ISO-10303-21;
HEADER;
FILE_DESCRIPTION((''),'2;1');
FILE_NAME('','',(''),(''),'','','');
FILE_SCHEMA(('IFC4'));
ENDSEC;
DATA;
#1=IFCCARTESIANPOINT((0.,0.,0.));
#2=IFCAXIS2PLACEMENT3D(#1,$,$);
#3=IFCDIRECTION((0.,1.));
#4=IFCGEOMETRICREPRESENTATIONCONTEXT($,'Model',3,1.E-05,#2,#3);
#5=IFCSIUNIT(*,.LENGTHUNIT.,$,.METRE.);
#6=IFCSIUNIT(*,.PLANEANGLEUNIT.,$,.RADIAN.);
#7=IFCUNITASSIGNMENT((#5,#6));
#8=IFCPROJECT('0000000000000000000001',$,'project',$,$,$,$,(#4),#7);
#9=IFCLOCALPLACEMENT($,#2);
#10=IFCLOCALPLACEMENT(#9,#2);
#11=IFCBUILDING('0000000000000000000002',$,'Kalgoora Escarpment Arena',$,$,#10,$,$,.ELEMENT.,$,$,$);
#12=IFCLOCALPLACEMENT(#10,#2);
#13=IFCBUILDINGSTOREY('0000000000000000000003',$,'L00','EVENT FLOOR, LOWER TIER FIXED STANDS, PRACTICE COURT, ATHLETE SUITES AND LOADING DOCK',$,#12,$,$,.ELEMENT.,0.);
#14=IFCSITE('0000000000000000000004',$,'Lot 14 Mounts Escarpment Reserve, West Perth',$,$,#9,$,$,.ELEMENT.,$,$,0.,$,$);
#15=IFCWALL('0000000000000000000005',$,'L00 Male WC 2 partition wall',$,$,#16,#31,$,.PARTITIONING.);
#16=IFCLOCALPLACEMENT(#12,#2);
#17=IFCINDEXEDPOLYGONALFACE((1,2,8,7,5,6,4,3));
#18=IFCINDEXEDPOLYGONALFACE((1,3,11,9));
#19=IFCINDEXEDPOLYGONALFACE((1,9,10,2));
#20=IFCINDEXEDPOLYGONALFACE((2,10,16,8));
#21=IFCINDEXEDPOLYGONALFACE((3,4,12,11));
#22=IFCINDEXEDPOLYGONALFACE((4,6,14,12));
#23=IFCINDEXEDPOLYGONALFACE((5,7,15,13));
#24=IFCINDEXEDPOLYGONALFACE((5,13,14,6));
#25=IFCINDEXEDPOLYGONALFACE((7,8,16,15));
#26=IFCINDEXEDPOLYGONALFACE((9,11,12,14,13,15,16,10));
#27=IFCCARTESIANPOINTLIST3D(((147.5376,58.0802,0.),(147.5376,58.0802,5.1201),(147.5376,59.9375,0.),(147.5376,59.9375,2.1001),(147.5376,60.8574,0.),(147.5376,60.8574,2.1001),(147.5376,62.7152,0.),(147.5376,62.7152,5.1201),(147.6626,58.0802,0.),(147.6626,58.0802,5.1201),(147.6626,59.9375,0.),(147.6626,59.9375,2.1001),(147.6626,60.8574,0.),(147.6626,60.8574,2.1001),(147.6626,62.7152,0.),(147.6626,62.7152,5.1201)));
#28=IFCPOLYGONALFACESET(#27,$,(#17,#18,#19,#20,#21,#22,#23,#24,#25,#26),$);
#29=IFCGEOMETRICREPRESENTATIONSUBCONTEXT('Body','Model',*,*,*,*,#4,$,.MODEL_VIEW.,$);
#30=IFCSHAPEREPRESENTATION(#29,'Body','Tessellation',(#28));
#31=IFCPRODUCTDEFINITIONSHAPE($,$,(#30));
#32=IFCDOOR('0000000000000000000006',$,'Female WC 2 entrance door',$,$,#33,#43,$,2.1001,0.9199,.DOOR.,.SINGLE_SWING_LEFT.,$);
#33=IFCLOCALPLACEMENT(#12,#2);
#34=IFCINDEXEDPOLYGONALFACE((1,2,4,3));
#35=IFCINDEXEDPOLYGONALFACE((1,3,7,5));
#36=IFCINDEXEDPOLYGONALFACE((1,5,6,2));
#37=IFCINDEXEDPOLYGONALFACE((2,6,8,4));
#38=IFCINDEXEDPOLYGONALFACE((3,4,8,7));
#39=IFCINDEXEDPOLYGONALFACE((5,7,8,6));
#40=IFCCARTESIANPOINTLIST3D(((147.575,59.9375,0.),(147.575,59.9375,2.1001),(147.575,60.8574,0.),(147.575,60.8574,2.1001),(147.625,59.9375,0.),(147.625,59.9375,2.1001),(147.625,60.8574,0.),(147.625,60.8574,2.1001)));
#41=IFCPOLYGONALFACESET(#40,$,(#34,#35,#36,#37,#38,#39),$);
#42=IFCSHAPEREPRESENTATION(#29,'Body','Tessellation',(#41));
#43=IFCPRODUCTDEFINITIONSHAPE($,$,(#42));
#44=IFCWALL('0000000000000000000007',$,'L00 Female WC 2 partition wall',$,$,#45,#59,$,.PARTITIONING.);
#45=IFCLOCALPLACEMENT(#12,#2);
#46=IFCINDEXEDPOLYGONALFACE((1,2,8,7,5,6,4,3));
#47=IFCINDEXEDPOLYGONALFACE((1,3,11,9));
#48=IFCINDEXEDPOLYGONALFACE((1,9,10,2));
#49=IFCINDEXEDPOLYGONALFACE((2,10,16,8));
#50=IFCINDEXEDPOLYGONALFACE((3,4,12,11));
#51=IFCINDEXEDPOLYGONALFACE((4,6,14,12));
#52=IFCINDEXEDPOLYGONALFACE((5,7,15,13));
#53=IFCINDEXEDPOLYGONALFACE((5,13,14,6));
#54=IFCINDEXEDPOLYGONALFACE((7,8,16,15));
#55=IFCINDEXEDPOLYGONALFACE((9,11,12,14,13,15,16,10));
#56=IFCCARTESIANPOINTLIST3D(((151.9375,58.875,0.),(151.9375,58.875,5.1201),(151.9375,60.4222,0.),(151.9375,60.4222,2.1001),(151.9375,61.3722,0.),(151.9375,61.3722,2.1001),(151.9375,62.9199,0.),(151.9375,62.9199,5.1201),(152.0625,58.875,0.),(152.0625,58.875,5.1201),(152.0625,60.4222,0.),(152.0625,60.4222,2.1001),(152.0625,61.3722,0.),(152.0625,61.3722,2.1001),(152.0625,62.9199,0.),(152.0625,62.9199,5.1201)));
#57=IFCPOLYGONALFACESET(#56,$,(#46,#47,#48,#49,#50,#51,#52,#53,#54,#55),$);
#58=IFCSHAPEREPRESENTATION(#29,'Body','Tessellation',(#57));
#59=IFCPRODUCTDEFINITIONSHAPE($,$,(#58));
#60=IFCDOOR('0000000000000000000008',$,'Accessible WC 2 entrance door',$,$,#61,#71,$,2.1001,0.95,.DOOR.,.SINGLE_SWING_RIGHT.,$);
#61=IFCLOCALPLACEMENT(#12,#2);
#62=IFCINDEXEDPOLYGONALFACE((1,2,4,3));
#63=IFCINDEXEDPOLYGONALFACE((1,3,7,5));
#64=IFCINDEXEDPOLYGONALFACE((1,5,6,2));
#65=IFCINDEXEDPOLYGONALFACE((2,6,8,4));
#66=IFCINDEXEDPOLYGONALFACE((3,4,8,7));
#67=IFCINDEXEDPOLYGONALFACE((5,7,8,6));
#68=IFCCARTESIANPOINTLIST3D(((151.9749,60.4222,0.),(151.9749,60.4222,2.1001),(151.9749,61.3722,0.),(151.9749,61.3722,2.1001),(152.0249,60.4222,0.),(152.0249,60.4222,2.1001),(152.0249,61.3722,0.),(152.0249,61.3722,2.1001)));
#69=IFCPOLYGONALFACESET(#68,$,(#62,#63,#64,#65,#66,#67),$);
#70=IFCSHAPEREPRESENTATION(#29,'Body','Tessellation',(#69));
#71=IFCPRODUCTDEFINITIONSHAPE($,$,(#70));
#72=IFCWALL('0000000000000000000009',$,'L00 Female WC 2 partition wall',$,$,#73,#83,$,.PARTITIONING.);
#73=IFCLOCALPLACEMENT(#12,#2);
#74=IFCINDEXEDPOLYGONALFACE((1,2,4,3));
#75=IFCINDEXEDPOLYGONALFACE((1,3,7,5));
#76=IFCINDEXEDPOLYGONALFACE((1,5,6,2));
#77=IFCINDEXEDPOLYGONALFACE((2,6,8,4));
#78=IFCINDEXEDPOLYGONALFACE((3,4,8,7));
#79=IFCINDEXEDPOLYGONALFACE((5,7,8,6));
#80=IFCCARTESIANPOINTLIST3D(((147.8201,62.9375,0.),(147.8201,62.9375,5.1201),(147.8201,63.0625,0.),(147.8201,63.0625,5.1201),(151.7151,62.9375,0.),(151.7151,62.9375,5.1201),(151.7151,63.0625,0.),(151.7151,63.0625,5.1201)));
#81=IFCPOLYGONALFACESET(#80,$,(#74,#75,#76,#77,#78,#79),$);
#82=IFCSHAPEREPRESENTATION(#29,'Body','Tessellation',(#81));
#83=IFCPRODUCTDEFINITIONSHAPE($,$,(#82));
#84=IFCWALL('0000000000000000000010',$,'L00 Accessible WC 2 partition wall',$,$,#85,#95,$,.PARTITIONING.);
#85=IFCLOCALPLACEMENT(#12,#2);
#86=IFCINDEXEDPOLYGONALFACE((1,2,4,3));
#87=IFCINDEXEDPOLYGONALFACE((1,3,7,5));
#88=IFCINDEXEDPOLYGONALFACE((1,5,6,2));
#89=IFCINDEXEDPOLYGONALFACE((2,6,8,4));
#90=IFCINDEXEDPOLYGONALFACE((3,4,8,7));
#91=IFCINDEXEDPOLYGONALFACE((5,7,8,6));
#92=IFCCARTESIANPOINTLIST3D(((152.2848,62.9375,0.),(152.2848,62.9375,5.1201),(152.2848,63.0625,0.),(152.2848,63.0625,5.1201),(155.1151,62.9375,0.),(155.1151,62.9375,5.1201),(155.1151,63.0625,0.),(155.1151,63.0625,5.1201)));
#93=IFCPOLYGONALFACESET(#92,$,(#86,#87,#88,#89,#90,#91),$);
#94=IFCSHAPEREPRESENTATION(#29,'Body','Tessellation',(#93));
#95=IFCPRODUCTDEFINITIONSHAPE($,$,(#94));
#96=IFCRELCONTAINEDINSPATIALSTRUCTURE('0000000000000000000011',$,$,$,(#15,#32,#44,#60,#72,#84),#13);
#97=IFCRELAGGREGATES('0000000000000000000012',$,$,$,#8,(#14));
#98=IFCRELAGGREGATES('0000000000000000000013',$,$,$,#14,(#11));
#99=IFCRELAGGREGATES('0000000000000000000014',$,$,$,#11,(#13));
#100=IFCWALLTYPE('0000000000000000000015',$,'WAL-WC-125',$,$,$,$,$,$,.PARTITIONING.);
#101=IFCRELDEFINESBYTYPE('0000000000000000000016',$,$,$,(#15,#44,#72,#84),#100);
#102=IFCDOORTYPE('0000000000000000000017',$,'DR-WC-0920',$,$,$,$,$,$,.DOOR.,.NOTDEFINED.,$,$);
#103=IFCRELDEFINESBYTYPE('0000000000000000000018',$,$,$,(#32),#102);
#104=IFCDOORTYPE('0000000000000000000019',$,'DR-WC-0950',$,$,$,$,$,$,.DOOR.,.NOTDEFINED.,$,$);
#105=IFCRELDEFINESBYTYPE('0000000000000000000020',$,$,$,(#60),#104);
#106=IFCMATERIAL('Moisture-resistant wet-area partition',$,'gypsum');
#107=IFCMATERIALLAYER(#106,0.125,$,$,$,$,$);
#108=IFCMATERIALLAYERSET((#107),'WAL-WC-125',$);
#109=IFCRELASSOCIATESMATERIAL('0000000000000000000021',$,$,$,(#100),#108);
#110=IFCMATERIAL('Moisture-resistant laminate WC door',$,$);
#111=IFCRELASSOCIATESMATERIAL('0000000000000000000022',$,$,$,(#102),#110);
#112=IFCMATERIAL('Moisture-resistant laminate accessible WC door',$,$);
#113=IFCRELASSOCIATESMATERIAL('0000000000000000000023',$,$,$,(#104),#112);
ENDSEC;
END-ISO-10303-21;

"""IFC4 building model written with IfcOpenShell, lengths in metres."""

from ifc_helpers import new_model, si_unit, direction, frame, frame_2d, origin, place, context, subcontext, project, spatial, rectangle, extrude, material, layer, layer_set, type_object, element, fill, save


model = new_model("IFC4")

# Units and contexts
model_context = context("Model", 3, precision=1e-05, world=origin(), true_north=direction((0.0, 1.0)))
body_context = subcontext(model_context, "Body", "Model", "MODEL_VIEW")
ifc_project = project(units=[si_unit("LENGTHUNIT", "METRE"), si_unit("PLANEANGLEUNIT", "RADIAN")], contexts=[model_context])

# Site, building, storey
site_placement = place(None, origin())
site = spatial("IfcSite", under=ifc_project, at=site_placement, Name="Lot 14 Mounts Escarpment Reserve, West Perth", CompositionType="ELEMENT", RefElevation=0.0)
building_placement = place(site_placement, origin())
building = spatial("IfcBuilding", under=site, at=building_placement, Name="Kalgoora Escarpment Arena", CompositionType="ELEMENT")
storey_placement = place(building_placement, origin())
storey = spatial("IfcBuildingStorey", under=building, at=storey_placement, Name="L00", Description="EVENT FLOOR, LOWER TIER FIXED STANDS, PRACTICE COURT, ATHLETE SUITES AND LOADING DOCK", CompositionType="ELEMENT", Elevation=0.0)

# Shared definitions
ifc_material_1 = material(Name="Moisture-resistant wet-area partition", Category="gypsum")
ifc_layer_1 = layer(ifc_material_1, 0.125)
ifc_layer_set_1 = layer_set([ifc_layer_1], Name="WAL-WC-125")
wall_type_1 = type_object("IfcWallType", Name="WAL-WC-125", PredefinedType="PARTITIONING", material=ifc_layer_set_1)

# Walls, openings, doors
wall_1_placement = place(storey_placement, frame((147.6001, 62.7151, 0.0), z_axis=(0.0, 0.0, 1.0), x_axis=(0.0, -1.0, 0.0)))
wall_1 = element("IfcWall", 1, at=wall_1_placement, inside=storey, type_object=wall_type_1, Name="L00 Male WC 2 partition wall", PredefinedType="PARTITIONING", context=body_context, shape_type="SweptSolid", body=[
    extrude(rectangle(XDim=4.635, YDim=0.125, at=frame_2d((2.3174, 0.0))), origin(), (0.0, 0.0, 1.0), 5.1201),
])
opening_1_placement = place(wall_1_placement, frame((1.8577, 0.0, 0.0)))
opening_1 = element("IfcOpeningElement", 2, at=opening_1_placement, cuts=wall_1, PredefinedType="OPENING", context=body_context, shape_type="SweptSolid", body=[
    extrude(rectangle(XDim=0.9199, YDim=2.1001, at=frame_2d((0.46, 1.05))), frame((0.0, 0.0725, 0.0), z_axis=(0.0, -1.0, 0.0), x_axis=(1.0, 0.0, 0.0)), (0.0, 0.0, 1.0), 0.145),
])
ifc_material_2 = material(Name="Moisture-resistant laminate WC door")
door_type_1 = type_object("IfcDoorType", Name="DR-WC-0920", OperationType="NOTDEFINED", PredefinedType="DOOR", material=ifc_material_2)
door_1_placement = place(opening_1_placement, origin())
door_1 = element("IfcDoor", 3, at=door_1_placement, inside=storey, type_object=door_type_1, Name="Female WC 2 entrance door", OperationType="SINGLE_SWING_LEFT", OverallHeight=2.1001, OverallWidth=0.9199, PredefinedType="DOOR", context=body_context, shape_type="SweptSolid", body=[
    extrude(rectangle(XDim=0.9199, YDim=2.1001, at=frame_2d((0.46, 1.05))), frame((0.0, 0.0249, 0.0), z_axis=(0.0, -1.0, 0.0), x_axis=(1.0, 0.0, 0.0)), (0.0, 0.0, 1.0), 0.05),
])
fill(opening_1, door_1)
wall_2_placement = place(storey_placement, frame((152.0, 62.9199, 0.0), z_axis=(0.0, 0.0, 1.0), x_axis=(0.0, -1.0, 0.0)))
wall_2 = element("IfcWall", 4, at=wall_2_placement, inside=storey, type_object=wall_type_1, Name="L00 Female WC 2 partition wall", PredefinedType="PARTITIONING", context=body_context, shape_type="SweptSolid", body=[
    extrude(rectangle(XDim=4.0449, YDim=0.125, at=frame_2d((2.0225, 0.0))), origin(), (0.0, 0.0, 1.0), 5.1201),
])
opening_2_placement = place(wall_2_placement, frame((1.5476, 0.0, 0.0)))
opening_2 = element("IfcOpeningElement", 5, at=opening_2_placement, cuts=wall_2, PredefinedType="OPENING", context=body_context, shape_type="SweptSolid", body=[
    extrude(rectangle(XDim=0.95, YDim=2.1001, at=frame_2d((0.4751, 1.05))), frame((0.0, 0.0725, 0.0), z_axis=(0.0, -1.0, 0.0), x_axis=(1.0, 0.0, 0.0)), (0.0, 0.0, 1.0), 0.145),
])
ifc_material_3 = material(Name="Moisture-resistant laminate accessible WC door")
door_type_2 = type_object("IfcDoorType", Name="DR-WC-0950", OperationType="NOTDEFINED", PredefinedType="DOOR", material=ifc_material_3)
door_2_placement = place(opening_2_placement, origin())
door_2 = element("IfcDoor", 6, at=door_2_placement, inside=storey, type_object=door_type_2, Name="Accessible WC 2 entrance door", OperationType="SINGLE_SWING_RIGHT", OverallHeight=2.1001, OverallWidth=0.95, PredefinedType="DOOR", context=body_context, shape_type="SweptSolid", body=[
    extrude(rectangle(XDim=0.95, YDim=2.1001, at=frame_2d((0.4751, 1.05))), frame((0.0, 0.0249, 0.0), z_axis=(0.0, -1.0, 0.0), x_axis=(1.0, 0.0, 0.0)), (0.0, 0.0, 1.0), 0.05),
])
fill(opening_2, door_2)

# Walls
wall_3_placement = place(storey_placement, frame((147.8201, 63.0, 0.0), z_axis=(0.0, 0.0, 1.0), x_axis=(1.0, 0.0, 0.0)))
element("IfcWall", 7, at=wall_3_placement, inside=storey, type_object=wall_type_1, Name="L00 Female WC 2 partition wall", PredefinedType="PARTITIONING", context=body_context, shape_type="SweptSolid", body=[
    extrude(rectangle(XDim=3.895, YDim=0.125, at=frame_2d((1.9475, 0.0))), origin(), (0.0, 0.0, 1.0), 5.1201),
])
wall_4_placement = place(storey_placement, frame((152.2849, 63.0, 0.0), z_axis=(0.0, 0.0, 1.0), x_axis=(1.0, 0.0, 0.0)))
element("IfcWall", 8, at=wall_4_placement, inside=storey, type_object=wall_type_1, Name="L00 Accessible WC 2 partition wall", PredefinedType="PARTITIONING", context=body_context, shape_type="SweptSolid", body=[
    extrude(rectangle(XDim=2.8303, YDim=0.125, at=frame_2d((1.415, 0.0))), origin(), (0.0, 0.0, 1.0), 5.1201),
])

save(model, "model.ifc")
